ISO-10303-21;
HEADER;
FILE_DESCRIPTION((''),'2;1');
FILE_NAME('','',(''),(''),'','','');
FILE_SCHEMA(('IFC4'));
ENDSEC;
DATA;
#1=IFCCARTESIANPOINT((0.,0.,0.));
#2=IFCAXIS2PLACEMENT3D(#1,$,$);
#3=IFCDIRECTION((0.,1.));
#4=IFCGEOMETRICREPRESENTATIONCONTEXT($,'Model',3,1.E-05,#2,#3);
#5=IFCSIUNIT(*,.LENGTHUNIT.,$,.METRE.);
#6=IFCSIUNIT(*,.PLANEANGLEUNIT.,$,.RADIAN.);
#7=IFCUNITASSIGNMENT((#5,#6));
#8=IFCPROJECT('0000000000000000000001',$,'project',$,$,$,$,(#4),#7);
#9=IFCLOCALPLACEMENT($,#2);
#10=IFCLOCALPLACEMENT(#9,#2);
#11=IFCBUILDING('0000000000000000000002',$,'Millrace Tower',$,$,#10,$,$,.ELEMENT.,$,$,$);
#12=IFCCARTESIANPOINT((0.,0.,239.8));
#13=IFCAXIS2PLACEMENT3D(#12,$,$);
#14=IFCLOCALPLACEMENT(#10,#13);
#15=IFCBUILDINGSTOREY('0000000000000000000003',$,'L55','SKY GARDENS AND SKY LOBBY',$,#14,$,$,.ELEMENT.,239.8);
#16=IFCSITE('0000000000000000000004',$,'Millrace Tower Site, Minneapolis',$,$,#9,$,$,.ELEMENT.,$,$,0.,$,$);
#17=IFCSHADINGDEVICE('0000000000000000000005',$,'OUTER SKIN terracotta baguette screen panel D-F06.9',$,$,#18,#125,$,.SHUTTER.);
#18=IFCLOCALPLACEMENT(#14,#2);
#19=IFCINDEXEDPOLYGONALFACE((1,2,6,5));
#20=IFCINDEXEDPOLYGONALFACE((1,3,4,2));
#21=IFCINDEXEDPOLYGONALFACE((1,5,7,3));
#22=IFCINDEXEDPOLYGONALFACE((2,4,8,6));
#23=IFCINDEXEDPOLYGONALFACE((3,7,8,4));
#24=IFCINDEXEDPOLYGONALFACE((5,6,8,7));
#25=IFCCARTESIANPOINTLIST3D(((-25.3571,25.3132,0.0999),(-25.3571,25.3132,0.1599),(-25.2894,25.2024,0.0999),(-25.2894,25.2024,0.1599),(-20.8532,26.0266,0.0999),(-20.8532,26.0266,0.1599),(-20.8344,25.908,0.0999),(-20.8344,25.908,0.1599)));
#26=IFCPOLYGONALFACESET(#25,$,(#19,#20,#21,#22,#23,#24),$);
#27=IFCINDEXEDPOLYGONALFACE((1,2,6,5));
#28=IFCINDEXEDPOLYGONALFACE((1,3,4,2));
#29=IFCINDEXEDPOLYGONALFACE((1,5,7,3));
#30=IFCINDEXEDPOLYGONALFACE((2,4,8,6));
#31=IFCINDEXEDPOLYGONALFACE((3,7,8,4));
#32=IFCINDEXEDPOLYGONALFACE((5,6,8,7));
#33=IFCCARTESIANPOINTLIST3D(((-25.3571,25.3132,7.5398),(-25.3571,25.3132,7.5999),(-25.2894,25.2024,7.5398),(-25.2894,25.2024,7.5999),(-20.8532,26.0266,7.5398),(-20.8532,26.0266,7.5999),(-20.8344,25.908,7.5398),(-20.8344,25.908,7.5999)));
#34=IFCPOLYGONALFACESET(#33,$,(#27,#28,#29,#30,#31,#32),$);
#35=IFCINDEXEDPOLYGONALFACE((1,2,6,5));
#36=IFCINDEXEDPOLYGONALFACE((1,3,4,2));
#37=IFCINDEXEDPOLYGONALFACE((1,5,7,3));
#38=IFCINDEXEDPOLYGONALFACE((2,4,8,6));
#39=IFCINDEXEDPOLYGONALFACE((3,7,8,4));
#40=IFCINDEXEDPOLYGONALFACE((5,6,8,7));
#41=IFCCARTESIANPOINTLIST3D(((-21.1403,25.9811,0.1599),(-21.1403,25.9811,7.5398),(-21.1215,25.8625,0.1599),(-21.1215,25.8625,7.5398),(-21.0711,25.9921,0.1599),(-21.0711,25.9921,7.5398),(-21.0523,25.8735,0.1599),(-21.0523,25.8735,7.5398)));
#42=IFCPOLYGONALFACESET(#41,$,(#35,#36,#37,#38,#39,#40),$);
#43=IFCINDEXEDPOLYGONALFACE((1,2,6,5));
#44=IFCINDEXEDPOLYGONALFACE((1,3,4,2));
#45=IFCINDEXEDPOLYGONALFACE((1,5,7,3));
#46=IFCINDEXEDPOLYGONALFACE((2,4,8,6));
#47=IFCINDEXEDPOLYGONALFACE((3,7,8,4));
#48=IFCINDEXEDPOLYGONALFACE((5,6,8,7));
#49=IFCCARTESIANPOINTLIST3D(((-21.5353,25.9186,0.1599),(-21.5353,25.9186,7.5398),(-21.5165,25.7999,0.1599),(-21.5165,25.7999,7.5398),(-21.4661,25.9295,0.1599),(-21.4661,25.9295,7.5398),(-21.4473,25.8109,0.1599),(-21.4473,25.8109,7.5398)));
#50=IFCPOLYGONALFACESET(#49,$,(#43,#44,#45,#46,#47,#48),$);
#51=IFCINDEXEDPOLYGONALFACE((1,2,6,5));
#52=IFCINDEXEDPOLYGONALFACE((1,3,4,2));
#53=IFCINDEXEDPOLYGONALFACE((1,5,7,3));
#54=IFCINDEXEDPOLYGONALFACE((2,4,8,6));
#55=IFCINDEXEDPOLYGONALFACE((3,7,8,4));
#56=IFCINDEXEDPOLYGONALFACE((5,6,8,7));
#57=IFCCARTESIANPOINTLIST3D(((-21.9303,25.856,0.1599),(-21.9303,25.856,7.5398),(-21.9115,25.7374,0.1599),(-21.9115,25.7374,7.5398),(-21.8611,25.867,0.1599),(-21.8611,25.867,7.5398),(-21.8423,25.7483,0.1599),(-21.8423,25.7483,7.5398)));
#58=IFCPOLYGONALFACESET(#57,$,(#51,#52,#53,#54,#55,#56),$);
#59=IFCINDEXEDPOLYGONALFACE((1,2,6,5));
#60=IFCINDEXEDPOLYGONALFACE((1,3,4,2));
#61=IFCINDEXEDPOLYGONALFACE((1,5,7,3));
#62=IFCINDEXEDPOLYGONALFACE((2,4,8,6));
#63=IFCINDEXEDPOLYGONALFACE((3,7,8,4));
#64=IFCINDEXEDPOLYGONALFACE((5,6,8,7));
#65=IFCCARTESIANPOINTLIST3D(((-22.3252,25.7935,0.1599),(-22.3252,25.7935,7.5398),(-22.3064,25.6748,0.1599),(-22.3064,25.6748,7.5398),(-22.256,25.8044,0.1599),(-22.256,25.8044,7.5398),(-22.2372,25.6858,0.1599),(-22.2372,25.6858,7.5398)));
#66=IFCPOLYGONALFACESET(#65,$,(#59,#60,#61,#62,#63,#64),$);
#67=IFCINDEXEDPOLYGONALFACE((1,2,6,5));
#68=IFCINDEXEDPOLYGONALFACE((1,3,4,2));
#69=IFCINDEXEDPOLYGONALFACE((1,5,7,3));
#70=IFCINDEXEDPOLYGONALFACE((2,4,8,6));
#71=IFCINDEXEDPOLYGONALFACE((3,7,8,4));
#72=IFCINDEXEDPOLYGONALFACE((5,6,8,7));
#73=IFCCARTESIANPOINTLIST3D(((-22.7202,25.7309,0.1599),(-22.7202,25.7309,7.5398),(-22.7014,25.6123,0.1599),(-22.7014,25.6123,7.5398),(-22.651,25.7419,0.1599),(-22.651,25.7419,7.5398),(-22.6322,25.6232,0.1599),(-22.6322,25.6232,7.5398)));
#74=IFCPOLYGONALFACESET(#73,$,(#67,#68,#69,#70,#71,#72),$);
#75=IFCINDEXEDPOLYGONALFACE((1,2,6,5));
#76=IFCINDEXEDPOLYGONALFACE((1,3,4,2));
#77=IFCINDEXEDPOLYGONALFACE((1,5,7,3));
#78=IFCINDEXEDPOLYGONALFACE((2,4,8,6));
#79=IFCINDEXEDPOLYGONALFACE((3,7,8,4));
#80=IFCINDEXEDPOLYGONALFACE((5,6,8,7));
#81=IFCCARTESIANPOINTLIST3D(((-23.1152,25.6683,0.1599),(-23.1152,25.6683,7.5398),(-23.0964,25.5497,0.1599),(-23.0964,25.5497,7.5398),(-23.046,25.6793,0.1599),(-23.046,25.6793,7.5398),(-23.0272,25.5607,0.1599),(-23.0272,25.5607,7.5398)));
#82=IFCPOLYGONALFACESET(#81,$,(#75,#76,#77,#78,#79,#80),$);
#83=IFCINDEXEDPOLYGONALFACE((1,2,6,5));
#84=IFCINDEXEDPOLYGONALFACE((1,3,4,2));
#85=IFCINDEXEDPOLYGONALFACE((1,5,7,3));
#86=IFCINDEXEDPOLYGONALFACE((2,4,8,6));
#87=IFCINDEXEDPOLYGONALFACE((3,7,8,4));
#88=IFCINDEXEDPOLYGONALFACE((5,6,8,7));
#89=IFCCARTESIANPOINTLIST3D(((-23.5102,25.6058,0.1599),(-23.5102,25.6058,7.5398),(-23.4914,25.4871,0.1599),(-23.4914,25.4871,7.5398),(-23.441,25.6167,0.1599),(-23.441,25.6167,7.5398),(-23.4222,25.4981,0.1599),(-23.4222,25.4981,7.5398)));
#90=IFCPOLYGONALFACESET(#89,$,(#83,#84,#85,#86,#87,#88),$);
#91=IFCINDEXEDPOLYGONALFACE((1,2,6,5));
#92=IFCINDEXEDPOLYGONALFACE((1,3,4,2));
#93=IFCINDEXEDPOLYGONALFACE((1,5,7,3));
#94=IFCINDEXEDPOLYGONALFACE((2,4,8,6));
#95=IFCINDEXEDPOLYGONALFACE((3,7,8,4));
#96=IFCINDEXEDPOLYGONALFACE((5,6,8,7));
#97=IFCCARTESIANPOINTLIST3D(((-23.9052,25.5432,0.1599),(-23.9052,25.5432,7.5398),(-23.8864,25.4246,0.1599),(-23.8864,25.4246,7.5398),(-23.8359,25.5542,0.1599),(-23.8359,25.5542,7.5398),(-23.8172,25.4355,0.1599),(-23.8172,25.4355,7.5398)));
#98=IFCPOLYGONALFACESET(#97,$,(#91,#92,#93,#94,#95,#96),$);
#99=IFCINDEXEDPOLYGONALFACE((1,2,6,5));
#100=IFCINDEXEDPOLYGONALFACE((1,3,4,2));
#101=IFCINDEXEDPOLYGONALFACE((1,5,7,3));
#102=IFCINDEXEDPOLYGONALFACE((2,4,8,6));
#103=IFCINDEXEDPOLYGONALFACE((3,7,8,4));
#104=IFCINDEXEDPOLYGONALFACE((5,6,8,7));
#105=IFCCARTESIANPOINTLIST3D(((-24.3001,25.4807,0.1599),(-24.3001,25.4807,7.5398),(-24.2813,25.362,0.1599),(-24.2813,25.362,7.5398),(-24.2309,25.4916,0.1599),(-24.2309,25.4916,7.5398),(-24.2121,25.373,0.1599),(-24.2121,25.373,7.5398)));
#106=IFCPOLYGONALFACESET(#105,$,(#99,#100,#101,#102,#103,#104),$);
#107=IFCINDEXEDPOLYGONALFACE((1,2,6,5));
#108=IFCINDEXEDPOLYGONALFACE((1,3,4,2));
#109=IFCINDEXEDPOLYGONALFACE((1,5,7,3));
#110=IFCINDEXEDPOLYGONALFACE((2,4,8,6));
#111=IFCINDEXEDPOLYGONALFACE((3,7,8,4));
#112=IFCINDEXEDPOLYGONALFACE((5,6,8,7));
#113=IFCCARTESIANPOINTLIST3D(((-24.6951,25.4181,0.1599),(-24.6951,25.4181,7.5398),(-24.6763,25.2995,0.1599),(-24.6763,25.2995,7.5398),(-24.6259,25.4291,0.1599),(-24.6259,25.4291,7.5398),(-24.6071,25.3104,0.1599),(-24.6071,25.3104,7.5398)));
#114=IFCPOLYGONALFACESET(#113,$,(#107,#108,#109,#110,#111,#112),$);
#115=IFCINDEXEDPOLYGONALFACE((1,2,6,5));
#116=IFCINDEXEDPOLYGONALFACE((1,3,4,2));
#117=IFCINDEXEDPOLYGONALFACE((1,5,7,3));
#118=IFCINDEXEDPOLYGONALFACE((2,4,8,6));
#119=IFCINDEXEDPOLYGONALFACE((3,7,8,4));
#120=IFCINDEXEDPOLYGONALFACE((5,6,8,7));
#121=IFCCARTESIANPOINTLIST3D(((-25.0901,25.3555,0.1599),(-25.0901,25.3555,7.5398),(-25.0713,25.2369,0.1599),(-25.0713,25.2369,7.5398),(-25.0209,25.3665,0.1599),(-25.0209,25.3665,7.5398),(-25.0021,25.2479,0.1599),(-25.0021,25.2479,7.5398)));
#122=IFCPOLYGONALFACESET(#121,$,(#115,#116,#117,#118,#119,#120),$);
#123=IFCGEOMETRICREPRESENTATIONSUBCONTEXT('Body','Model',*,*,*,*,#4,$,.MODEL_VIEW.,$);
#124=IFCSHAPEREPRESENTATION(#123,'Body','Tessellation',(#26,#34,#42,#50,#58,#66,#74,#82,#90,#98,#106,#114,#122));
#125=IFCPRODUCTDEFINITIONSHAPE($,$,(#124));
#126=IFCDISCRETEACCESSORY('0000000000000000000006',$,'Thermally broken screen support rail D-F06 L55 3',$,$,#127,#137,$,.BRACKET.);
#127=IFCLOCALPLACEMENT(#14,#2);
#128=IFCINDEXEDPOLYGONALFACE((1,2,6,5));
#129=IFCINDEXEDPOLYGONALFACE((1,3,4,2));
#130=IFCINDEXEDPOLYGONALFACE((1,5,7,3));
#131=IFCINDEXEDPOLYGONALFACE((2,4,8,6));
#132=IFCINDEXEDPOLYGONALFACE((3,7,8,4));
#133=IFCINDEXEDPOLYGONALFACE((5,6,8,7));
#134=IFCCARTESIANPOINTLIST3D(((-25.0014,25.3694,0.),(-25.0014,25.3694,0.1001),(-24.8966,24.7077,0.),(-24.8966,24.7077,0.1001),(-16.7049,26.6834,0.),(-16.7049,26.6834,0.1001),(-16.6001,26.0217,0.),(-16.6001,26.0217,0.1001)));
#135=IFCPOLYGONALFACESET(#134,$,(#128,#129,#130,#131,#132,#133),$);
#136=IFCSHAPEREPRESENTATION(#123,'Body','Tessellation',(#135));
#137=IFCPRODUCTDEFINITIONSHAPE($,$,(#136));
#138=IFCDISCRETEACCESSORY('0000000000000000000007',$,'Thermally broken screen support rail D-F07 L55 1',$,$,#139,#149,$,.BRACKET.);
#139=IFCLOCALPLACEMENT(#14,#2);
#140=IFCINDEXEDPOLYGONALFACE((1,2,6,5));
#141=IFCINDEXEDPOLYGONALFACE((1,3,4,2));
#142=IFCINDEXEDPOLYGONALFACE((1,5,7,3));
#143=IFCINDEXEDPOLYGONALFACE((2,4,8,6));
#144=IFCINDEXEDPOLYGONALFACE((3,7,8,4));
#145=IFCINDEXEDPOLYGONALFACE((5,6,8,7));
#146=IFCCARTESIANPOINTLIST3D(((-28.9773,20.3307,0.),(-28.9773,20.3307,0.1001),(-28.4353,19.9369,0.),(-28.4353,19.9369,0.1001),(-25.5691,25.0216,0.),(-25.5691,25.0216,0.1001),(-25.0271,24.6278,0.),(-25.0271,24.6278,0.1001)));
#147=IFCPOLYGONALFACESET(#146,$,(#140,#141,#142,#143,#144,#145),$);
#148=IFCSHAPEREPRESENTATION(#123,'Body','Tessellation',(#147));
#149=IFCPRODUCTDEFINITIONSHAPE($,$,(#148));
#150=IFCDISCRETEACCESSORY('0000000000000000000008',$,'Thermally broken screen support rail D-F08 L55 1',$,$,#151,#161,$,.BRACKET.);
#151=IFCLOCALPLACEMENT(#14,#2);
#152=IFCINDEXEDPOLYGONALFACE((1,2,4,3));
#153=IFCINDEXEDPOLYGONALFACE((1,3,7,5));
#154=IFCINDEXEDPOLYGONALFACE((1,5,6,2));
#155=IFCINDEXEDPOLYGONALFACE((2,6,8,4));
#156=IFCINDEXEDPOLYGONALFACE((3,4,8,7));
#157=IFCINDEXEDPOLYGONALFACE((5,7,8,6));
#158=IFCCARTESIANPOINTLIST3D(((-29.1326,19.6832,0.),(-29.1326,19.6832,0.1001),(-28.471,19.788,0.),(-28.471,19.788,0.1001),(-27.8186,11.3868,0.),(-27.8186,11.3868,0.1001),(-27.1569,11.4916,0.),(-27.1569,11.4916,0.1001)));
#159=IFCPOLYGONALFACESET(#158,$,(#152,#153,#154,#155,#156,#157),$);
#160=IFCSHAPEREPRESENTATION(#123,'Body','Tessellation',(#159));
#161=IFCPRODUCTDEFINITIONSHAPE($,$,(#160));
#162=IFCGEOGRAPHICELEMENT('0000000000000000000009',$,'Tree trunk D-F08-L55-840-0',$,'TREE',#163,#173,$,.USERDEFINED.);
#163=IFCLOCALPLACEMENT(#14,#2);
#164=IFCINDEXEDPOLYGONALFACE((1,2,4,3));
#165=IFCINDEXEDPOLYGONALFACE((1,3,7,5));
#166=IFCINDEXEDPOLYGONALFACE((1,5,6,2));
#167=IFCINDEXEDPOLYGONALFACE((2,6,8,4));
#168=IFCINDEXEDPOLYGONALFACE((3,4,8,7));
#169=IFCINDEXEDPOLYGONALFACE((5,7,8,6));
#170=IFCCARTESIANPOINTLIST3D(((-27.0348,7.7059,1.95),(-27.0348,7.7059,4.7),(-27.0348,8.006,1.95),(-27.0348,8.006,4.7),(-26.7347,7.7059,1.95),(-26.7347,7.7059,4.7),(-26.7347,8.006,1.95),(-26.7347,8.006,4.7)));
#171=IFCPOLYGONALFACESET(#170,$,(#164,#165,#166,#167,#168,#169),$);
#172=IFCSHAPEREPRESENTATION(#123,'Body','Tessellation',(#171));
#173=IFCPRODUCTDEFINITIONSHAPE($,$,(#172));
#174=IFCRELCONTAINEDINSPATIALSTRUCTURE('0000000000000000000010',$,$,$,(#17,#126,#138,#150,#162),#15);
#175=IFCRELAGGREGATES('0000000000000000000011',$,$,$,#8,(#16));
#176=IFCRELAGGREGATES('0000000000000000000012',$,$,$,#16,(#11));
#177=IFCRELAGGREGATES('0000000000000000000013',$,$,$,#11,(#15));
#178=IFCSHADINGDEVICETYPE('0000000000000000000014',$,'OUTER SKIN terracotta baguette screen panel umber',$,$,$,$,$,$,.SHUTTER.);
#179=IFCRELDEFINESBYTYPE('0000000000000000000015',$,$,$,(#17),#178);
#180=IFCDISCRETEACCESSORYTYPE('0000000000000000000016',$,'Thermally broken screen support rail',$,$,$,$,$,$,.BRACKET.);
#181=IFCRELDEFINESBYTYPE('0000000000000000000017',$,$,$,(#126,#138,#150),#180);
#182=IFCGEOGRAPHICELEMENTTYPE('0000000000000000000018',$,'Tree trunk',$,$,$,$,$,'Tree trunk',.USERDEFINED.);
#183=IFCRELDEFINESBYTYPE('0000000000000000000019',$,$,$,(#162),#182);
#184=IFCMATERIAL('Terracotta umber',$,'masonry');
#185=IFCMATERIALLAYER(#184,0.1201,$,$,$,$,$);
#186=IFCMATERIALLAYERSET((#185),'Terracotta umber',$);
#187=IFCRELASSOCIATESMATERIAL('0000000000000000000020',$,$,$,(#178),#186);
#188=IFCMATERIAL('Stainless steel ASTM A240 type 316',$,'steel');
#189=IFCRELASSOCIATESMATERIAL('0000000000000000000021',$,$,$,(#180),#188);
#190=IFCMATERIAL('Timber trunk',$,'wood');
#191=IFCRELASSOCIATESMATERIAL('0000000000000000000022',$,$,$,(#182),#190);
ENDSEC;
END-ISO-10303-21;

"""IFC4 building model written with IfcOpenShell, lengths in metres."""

from ifc_helpers import new_model, entity, si_unit, direction, frame, frame_2d, origin, origin_2d, place, context, subcontext, project, spatial, rectangle, extrude, source, transform, mapped, material, layer, layer_set, type_object, element, save


model = new_model("IFC4")

# Units and contexts
model_context = context("Model", 3, precision=1e-05, world=origin(), true_north=direction((0.0, 1.0)))
body_context = subcontext(model_context, "Body", "Model", "MODEL_VIEW")
ifc_project = project(units=[si_unit("LENGTHUNIT", "METRE"), si_unit("PLANEANGLEUNIT", "RADIAN")], contexts=[model_context])

# Site, building, storey
site_placement = place(None, origin())
site = spatial("IfcSite", under=ifc_project, at=site_placement, Name="Millrace Tower Site, Minneapolis", CompositionType="ELEMENT", RefElevation=0.0)
building_placement = place(site_placement, origin())
building = spatial("IfcBuilding", under=site, at=building_placement, Name="Millrace Tower", CompositionType="ELEMENT")
storey_placement = place(building_placement, frame((0.0, 0.0, 239.8)))
storey = spatial("IfcBuildingStorey", under=building, at=storey_placement, Name="L55", Description="SKY GARDENS AND SKY LOBBY", CompositionType="ELEMENT", Elevation=239.8)

# Shading device
ifc_material_1 = material(Name="Terracotta umber", Category="masonry")
ifc_layer_1 = layer(ifc_material_1, 0.1201)
ifc_layer_set_1 = layer_set([ifc_layer_1], Name="Terracotta umber")
shading_device_type = type_object("IfcShadingDeviceType", Name="OUTER SKIN terracotta baguette screen panel umber", PredefinedType="SHUTTER", material=ifc_layer_set_1)
cartesian_point_1 = entity("IfcCartesianPoint", [-2.2676, 0.0601])
shared_polyline_1 = entity("IfcPolyline", [cartesian_point_1, entity("IfcCartesianPoint", [2.2429, 0.0601]), entity("IfcCartesianPoint", [2.2925, -0.0601]), entity("IfcCartesianPoint", [-2.2676, -0.0601]), cartesian_point_1])
shared_shape_1 = source(origin(), body_context, "Body", "SweptSolid", [
    entity("IfcExtrudedAreaSolid", entity("IfcArbitraryClosedProfileDef", "AREA", None, shared_polyline_1), entity("IfcAxis2Placement3D", entity("IfcCartesianPoint", [0.0, 0.0, 0.0])), entity("IfcDirection", [0.0, 0.0, 1.0]), 0.0601),
    entity("IfcExtrudedAreaSolid", entity("IfcArbitraryClosedProfileDef", "AREA", None, shared_polyline_1), entity("IfcAxis2Placement3D", entity("IfcCartesianPoint", [0.0, 0.0, 7.4399])), entity("IfcDirection", [0.0, 0.0, 1.0]), 0.0601),
    extrude(rectangle(XDim=0.0701, YDim=0.1201, at=frame_2d((-2.012, 0.0))), frame((0.0, 0.0, 0.0601)), (0.0, 0.0, 1.0), 7.3799),
    extrude(rectangle(XDim=0.0701, YDim=0.1201, at=frame_2d((-1.6121, 0.0))), frame((0.0, 0.0, 0.0601)), (0.0, 0.0, 1.0), 7.3799),
    extrude(rectangle(XDim=0.0701, YDim=0.1201, at=frame_2d((-1.2122, 0.0))), frame((0.0, 0.0, 0.0601)), (0.0, 0.0, 1.0), 7.3799),
    extrude(rectangle(XDim=0.0701, YDim=0.1201, at=frame_2d((-0.8123, 0.0))), frame((0.0, 0.0, 0.0601)), (0.0, 0.0, 1.0), 7.3799),
    extrude(rectangle(XDim=0.0701, YDim=0.1201, at=frame_2d((-0.4124, 0.0))), frame((0.0, 0.0, 0.0601)), (0.0, 0.0, 1.0), 7.3799),
    extrude(rectangle(XDim=0.0701, YDim=0.1201, at=frame_2d((-0.0125, 0.0))), frame((0.0, 0.0, 0.0601)), (0.0, 0.0, 1.0), 7.3799),
    extrude(rectangle(XDim=0.0701, YDim=0.1201, at=frame_2d((0.3875, 0.0))), frame((0.0, 0.0, 0.0601)), (0.0, 0.0, 1.0), 7.3799),
    extrude(rectangle(XDim=0.0701, YDim=0.1201, at=frame_2d((0.7874, 0.0))), frame((0.0, 0.0, 0.0601)), (0.0, 0.0, 1.0), 7.3799),
    extrude(rectangle(XDim=0.0701, YDim=0.1201, at=frame_2d((1.1873, 0.0))), frame((0.0, 0.0, 0.0601)), (0.0, 0.0, 1.0), 7.3799),
    extrude(rectangle(XDim=0.0701, YDim=0.1201, at=frame_2d((1.5872, 0.0))), frame((0.0, 0.0, 0.0601)), (0.0, 0.0, 1.0), 7.3799),
    extrude(rectangle(XDim=0.0701, YDim=0.1201, at=frame_2d((1.9871, 0.0))), frame((0.0, 0.0, 0.0601)), (0.0, 0.0, 1.0), 7.3799),
])
shading_device_1_placement = place(storey_placement, frame((-23.0835, 25.6125, 0.0999), z_axis=(0.0, 0.0, 1.0), x_axis=(-0.987688, -0.156434, 0.0)))
element("IfcShadingDevice", 1, at=shading_device_1_placement, inside=storey, type_object=shading_device_type, Name="OUTER SKIN terracotta baguette screen panel D-F06.9", PredefinedType="SHUTTER", context=body_context, shape_type="MappedRepresentation", body=[
    mapped(shared_shape_1, transform((0.0, 0.0, 0.0), scale=1.0)),
])

# Discrete accessories
ifc_material_2 = material(Name="Stainless steel ASTM A240 type 316", Category="steel")
discrete_accessory_type = type_object("IfcDiscreteAccessoryType", Name="Thermally broken screen support rail", PredefinedType="BRACKET", material=ifc_material_2)
discrete_accessory_1_placement = place(storey_placement, frame((-20.8008, 25.6956, 0.0), z_axis=(0.0, 0.0, 1.0), x_axis=(-0.987688, -0.156434, 0.0)))
element("IfcDiscreteAccessory", 2, at=discrete_accessory_1_placement, inside=storey, type_object=discrete_accessory_type, Name="Thermally broken screen support rail D-F06 L55 3", PredefinedType="BRACKET", context=body_context, shape_type="SweptSolid", body=[
    extrude(rectangle(XDim=8.3999, YDim=0.6699, at=origin_2d()), origin(), (0.0, 0.0, 1.0), 0.1001),
])
discrete_accessory_2_placement = place(storey_placement, frame((-27.0022, 22.4792, 0.0), z_axis=(0.0, 0.0, 1.0), x_axis=(-0.587785, -0.809017, 0.0)))
element("IfcDiscreteAccessory", 3, at=discrete_accessory_2_placement, inside=storey, type_object=discrete_accessory_type, Name="Thermally broken screen support rail D-F07 L55 1", PredefinedType="BRACKET", context=body_context, shape_type="SweptSolid", body=[
    extrude(rectangle(XDim=5.7983, YDim=0.6699, at=origin_2d()), origin(), (0.0, 0.0, 1.0), 0.1001),
])
discrete_accessory_3_placement = place(storey_placement, frame((-28.1448, 15.5874, 0.0), z_axis=(0.0, 0.0, 1.0), x_axis=(0.156434, -0.987688, 0.0)))
element("IfcDiscreteAccessory", 4, at=discrete_accessory_3_placement, inside=storey, type_object=discrete_accessory_type, Name="Thermally broken screen support rail D-F08 L55 1", PredefinedType="BRACKET", context=body_context, shape_type="SweptSolid", body=[
    extrude(rectangle(XDim=8.3999, YDim=0.6699, at=origin_2d()), origin(), (0.0, 0.0, 1.0), 0.1001),
])

# Geographic element
ifc_material_3 = material(Name="Timber trunk", Category="wood")
geographic_element_type = type_object("IfcGeographicElementType", Name="Tree trunk", ElementType="Tree trunk", PredefinedType="USERDEFINED", material=ifc_material_3)
geographic_element_placement = place(storey_placement, frame((-26.8848, 7.856, 1.95), z_axis=(0.0, 0.0, 1.0), x_axis=(1.0, 0.0, 0.0)))
element("IfcGeographicElement", 5, at=geographic_element_placement, inside=storey, type_object=geographic_element_type, Name="Tree trunk D-F08-L55-840-0", ObjectType="TREE", PredefinedType="USERDEFINED", context=body_context, shape_type="SweptSolid", body=[
    extrude(rectangle(XDim=0.3, YDim=0.3, at=origin_2d()), origin(), (0.0, 0.0, 1.0), 2.75),
])

save(model, "model.ifc")
